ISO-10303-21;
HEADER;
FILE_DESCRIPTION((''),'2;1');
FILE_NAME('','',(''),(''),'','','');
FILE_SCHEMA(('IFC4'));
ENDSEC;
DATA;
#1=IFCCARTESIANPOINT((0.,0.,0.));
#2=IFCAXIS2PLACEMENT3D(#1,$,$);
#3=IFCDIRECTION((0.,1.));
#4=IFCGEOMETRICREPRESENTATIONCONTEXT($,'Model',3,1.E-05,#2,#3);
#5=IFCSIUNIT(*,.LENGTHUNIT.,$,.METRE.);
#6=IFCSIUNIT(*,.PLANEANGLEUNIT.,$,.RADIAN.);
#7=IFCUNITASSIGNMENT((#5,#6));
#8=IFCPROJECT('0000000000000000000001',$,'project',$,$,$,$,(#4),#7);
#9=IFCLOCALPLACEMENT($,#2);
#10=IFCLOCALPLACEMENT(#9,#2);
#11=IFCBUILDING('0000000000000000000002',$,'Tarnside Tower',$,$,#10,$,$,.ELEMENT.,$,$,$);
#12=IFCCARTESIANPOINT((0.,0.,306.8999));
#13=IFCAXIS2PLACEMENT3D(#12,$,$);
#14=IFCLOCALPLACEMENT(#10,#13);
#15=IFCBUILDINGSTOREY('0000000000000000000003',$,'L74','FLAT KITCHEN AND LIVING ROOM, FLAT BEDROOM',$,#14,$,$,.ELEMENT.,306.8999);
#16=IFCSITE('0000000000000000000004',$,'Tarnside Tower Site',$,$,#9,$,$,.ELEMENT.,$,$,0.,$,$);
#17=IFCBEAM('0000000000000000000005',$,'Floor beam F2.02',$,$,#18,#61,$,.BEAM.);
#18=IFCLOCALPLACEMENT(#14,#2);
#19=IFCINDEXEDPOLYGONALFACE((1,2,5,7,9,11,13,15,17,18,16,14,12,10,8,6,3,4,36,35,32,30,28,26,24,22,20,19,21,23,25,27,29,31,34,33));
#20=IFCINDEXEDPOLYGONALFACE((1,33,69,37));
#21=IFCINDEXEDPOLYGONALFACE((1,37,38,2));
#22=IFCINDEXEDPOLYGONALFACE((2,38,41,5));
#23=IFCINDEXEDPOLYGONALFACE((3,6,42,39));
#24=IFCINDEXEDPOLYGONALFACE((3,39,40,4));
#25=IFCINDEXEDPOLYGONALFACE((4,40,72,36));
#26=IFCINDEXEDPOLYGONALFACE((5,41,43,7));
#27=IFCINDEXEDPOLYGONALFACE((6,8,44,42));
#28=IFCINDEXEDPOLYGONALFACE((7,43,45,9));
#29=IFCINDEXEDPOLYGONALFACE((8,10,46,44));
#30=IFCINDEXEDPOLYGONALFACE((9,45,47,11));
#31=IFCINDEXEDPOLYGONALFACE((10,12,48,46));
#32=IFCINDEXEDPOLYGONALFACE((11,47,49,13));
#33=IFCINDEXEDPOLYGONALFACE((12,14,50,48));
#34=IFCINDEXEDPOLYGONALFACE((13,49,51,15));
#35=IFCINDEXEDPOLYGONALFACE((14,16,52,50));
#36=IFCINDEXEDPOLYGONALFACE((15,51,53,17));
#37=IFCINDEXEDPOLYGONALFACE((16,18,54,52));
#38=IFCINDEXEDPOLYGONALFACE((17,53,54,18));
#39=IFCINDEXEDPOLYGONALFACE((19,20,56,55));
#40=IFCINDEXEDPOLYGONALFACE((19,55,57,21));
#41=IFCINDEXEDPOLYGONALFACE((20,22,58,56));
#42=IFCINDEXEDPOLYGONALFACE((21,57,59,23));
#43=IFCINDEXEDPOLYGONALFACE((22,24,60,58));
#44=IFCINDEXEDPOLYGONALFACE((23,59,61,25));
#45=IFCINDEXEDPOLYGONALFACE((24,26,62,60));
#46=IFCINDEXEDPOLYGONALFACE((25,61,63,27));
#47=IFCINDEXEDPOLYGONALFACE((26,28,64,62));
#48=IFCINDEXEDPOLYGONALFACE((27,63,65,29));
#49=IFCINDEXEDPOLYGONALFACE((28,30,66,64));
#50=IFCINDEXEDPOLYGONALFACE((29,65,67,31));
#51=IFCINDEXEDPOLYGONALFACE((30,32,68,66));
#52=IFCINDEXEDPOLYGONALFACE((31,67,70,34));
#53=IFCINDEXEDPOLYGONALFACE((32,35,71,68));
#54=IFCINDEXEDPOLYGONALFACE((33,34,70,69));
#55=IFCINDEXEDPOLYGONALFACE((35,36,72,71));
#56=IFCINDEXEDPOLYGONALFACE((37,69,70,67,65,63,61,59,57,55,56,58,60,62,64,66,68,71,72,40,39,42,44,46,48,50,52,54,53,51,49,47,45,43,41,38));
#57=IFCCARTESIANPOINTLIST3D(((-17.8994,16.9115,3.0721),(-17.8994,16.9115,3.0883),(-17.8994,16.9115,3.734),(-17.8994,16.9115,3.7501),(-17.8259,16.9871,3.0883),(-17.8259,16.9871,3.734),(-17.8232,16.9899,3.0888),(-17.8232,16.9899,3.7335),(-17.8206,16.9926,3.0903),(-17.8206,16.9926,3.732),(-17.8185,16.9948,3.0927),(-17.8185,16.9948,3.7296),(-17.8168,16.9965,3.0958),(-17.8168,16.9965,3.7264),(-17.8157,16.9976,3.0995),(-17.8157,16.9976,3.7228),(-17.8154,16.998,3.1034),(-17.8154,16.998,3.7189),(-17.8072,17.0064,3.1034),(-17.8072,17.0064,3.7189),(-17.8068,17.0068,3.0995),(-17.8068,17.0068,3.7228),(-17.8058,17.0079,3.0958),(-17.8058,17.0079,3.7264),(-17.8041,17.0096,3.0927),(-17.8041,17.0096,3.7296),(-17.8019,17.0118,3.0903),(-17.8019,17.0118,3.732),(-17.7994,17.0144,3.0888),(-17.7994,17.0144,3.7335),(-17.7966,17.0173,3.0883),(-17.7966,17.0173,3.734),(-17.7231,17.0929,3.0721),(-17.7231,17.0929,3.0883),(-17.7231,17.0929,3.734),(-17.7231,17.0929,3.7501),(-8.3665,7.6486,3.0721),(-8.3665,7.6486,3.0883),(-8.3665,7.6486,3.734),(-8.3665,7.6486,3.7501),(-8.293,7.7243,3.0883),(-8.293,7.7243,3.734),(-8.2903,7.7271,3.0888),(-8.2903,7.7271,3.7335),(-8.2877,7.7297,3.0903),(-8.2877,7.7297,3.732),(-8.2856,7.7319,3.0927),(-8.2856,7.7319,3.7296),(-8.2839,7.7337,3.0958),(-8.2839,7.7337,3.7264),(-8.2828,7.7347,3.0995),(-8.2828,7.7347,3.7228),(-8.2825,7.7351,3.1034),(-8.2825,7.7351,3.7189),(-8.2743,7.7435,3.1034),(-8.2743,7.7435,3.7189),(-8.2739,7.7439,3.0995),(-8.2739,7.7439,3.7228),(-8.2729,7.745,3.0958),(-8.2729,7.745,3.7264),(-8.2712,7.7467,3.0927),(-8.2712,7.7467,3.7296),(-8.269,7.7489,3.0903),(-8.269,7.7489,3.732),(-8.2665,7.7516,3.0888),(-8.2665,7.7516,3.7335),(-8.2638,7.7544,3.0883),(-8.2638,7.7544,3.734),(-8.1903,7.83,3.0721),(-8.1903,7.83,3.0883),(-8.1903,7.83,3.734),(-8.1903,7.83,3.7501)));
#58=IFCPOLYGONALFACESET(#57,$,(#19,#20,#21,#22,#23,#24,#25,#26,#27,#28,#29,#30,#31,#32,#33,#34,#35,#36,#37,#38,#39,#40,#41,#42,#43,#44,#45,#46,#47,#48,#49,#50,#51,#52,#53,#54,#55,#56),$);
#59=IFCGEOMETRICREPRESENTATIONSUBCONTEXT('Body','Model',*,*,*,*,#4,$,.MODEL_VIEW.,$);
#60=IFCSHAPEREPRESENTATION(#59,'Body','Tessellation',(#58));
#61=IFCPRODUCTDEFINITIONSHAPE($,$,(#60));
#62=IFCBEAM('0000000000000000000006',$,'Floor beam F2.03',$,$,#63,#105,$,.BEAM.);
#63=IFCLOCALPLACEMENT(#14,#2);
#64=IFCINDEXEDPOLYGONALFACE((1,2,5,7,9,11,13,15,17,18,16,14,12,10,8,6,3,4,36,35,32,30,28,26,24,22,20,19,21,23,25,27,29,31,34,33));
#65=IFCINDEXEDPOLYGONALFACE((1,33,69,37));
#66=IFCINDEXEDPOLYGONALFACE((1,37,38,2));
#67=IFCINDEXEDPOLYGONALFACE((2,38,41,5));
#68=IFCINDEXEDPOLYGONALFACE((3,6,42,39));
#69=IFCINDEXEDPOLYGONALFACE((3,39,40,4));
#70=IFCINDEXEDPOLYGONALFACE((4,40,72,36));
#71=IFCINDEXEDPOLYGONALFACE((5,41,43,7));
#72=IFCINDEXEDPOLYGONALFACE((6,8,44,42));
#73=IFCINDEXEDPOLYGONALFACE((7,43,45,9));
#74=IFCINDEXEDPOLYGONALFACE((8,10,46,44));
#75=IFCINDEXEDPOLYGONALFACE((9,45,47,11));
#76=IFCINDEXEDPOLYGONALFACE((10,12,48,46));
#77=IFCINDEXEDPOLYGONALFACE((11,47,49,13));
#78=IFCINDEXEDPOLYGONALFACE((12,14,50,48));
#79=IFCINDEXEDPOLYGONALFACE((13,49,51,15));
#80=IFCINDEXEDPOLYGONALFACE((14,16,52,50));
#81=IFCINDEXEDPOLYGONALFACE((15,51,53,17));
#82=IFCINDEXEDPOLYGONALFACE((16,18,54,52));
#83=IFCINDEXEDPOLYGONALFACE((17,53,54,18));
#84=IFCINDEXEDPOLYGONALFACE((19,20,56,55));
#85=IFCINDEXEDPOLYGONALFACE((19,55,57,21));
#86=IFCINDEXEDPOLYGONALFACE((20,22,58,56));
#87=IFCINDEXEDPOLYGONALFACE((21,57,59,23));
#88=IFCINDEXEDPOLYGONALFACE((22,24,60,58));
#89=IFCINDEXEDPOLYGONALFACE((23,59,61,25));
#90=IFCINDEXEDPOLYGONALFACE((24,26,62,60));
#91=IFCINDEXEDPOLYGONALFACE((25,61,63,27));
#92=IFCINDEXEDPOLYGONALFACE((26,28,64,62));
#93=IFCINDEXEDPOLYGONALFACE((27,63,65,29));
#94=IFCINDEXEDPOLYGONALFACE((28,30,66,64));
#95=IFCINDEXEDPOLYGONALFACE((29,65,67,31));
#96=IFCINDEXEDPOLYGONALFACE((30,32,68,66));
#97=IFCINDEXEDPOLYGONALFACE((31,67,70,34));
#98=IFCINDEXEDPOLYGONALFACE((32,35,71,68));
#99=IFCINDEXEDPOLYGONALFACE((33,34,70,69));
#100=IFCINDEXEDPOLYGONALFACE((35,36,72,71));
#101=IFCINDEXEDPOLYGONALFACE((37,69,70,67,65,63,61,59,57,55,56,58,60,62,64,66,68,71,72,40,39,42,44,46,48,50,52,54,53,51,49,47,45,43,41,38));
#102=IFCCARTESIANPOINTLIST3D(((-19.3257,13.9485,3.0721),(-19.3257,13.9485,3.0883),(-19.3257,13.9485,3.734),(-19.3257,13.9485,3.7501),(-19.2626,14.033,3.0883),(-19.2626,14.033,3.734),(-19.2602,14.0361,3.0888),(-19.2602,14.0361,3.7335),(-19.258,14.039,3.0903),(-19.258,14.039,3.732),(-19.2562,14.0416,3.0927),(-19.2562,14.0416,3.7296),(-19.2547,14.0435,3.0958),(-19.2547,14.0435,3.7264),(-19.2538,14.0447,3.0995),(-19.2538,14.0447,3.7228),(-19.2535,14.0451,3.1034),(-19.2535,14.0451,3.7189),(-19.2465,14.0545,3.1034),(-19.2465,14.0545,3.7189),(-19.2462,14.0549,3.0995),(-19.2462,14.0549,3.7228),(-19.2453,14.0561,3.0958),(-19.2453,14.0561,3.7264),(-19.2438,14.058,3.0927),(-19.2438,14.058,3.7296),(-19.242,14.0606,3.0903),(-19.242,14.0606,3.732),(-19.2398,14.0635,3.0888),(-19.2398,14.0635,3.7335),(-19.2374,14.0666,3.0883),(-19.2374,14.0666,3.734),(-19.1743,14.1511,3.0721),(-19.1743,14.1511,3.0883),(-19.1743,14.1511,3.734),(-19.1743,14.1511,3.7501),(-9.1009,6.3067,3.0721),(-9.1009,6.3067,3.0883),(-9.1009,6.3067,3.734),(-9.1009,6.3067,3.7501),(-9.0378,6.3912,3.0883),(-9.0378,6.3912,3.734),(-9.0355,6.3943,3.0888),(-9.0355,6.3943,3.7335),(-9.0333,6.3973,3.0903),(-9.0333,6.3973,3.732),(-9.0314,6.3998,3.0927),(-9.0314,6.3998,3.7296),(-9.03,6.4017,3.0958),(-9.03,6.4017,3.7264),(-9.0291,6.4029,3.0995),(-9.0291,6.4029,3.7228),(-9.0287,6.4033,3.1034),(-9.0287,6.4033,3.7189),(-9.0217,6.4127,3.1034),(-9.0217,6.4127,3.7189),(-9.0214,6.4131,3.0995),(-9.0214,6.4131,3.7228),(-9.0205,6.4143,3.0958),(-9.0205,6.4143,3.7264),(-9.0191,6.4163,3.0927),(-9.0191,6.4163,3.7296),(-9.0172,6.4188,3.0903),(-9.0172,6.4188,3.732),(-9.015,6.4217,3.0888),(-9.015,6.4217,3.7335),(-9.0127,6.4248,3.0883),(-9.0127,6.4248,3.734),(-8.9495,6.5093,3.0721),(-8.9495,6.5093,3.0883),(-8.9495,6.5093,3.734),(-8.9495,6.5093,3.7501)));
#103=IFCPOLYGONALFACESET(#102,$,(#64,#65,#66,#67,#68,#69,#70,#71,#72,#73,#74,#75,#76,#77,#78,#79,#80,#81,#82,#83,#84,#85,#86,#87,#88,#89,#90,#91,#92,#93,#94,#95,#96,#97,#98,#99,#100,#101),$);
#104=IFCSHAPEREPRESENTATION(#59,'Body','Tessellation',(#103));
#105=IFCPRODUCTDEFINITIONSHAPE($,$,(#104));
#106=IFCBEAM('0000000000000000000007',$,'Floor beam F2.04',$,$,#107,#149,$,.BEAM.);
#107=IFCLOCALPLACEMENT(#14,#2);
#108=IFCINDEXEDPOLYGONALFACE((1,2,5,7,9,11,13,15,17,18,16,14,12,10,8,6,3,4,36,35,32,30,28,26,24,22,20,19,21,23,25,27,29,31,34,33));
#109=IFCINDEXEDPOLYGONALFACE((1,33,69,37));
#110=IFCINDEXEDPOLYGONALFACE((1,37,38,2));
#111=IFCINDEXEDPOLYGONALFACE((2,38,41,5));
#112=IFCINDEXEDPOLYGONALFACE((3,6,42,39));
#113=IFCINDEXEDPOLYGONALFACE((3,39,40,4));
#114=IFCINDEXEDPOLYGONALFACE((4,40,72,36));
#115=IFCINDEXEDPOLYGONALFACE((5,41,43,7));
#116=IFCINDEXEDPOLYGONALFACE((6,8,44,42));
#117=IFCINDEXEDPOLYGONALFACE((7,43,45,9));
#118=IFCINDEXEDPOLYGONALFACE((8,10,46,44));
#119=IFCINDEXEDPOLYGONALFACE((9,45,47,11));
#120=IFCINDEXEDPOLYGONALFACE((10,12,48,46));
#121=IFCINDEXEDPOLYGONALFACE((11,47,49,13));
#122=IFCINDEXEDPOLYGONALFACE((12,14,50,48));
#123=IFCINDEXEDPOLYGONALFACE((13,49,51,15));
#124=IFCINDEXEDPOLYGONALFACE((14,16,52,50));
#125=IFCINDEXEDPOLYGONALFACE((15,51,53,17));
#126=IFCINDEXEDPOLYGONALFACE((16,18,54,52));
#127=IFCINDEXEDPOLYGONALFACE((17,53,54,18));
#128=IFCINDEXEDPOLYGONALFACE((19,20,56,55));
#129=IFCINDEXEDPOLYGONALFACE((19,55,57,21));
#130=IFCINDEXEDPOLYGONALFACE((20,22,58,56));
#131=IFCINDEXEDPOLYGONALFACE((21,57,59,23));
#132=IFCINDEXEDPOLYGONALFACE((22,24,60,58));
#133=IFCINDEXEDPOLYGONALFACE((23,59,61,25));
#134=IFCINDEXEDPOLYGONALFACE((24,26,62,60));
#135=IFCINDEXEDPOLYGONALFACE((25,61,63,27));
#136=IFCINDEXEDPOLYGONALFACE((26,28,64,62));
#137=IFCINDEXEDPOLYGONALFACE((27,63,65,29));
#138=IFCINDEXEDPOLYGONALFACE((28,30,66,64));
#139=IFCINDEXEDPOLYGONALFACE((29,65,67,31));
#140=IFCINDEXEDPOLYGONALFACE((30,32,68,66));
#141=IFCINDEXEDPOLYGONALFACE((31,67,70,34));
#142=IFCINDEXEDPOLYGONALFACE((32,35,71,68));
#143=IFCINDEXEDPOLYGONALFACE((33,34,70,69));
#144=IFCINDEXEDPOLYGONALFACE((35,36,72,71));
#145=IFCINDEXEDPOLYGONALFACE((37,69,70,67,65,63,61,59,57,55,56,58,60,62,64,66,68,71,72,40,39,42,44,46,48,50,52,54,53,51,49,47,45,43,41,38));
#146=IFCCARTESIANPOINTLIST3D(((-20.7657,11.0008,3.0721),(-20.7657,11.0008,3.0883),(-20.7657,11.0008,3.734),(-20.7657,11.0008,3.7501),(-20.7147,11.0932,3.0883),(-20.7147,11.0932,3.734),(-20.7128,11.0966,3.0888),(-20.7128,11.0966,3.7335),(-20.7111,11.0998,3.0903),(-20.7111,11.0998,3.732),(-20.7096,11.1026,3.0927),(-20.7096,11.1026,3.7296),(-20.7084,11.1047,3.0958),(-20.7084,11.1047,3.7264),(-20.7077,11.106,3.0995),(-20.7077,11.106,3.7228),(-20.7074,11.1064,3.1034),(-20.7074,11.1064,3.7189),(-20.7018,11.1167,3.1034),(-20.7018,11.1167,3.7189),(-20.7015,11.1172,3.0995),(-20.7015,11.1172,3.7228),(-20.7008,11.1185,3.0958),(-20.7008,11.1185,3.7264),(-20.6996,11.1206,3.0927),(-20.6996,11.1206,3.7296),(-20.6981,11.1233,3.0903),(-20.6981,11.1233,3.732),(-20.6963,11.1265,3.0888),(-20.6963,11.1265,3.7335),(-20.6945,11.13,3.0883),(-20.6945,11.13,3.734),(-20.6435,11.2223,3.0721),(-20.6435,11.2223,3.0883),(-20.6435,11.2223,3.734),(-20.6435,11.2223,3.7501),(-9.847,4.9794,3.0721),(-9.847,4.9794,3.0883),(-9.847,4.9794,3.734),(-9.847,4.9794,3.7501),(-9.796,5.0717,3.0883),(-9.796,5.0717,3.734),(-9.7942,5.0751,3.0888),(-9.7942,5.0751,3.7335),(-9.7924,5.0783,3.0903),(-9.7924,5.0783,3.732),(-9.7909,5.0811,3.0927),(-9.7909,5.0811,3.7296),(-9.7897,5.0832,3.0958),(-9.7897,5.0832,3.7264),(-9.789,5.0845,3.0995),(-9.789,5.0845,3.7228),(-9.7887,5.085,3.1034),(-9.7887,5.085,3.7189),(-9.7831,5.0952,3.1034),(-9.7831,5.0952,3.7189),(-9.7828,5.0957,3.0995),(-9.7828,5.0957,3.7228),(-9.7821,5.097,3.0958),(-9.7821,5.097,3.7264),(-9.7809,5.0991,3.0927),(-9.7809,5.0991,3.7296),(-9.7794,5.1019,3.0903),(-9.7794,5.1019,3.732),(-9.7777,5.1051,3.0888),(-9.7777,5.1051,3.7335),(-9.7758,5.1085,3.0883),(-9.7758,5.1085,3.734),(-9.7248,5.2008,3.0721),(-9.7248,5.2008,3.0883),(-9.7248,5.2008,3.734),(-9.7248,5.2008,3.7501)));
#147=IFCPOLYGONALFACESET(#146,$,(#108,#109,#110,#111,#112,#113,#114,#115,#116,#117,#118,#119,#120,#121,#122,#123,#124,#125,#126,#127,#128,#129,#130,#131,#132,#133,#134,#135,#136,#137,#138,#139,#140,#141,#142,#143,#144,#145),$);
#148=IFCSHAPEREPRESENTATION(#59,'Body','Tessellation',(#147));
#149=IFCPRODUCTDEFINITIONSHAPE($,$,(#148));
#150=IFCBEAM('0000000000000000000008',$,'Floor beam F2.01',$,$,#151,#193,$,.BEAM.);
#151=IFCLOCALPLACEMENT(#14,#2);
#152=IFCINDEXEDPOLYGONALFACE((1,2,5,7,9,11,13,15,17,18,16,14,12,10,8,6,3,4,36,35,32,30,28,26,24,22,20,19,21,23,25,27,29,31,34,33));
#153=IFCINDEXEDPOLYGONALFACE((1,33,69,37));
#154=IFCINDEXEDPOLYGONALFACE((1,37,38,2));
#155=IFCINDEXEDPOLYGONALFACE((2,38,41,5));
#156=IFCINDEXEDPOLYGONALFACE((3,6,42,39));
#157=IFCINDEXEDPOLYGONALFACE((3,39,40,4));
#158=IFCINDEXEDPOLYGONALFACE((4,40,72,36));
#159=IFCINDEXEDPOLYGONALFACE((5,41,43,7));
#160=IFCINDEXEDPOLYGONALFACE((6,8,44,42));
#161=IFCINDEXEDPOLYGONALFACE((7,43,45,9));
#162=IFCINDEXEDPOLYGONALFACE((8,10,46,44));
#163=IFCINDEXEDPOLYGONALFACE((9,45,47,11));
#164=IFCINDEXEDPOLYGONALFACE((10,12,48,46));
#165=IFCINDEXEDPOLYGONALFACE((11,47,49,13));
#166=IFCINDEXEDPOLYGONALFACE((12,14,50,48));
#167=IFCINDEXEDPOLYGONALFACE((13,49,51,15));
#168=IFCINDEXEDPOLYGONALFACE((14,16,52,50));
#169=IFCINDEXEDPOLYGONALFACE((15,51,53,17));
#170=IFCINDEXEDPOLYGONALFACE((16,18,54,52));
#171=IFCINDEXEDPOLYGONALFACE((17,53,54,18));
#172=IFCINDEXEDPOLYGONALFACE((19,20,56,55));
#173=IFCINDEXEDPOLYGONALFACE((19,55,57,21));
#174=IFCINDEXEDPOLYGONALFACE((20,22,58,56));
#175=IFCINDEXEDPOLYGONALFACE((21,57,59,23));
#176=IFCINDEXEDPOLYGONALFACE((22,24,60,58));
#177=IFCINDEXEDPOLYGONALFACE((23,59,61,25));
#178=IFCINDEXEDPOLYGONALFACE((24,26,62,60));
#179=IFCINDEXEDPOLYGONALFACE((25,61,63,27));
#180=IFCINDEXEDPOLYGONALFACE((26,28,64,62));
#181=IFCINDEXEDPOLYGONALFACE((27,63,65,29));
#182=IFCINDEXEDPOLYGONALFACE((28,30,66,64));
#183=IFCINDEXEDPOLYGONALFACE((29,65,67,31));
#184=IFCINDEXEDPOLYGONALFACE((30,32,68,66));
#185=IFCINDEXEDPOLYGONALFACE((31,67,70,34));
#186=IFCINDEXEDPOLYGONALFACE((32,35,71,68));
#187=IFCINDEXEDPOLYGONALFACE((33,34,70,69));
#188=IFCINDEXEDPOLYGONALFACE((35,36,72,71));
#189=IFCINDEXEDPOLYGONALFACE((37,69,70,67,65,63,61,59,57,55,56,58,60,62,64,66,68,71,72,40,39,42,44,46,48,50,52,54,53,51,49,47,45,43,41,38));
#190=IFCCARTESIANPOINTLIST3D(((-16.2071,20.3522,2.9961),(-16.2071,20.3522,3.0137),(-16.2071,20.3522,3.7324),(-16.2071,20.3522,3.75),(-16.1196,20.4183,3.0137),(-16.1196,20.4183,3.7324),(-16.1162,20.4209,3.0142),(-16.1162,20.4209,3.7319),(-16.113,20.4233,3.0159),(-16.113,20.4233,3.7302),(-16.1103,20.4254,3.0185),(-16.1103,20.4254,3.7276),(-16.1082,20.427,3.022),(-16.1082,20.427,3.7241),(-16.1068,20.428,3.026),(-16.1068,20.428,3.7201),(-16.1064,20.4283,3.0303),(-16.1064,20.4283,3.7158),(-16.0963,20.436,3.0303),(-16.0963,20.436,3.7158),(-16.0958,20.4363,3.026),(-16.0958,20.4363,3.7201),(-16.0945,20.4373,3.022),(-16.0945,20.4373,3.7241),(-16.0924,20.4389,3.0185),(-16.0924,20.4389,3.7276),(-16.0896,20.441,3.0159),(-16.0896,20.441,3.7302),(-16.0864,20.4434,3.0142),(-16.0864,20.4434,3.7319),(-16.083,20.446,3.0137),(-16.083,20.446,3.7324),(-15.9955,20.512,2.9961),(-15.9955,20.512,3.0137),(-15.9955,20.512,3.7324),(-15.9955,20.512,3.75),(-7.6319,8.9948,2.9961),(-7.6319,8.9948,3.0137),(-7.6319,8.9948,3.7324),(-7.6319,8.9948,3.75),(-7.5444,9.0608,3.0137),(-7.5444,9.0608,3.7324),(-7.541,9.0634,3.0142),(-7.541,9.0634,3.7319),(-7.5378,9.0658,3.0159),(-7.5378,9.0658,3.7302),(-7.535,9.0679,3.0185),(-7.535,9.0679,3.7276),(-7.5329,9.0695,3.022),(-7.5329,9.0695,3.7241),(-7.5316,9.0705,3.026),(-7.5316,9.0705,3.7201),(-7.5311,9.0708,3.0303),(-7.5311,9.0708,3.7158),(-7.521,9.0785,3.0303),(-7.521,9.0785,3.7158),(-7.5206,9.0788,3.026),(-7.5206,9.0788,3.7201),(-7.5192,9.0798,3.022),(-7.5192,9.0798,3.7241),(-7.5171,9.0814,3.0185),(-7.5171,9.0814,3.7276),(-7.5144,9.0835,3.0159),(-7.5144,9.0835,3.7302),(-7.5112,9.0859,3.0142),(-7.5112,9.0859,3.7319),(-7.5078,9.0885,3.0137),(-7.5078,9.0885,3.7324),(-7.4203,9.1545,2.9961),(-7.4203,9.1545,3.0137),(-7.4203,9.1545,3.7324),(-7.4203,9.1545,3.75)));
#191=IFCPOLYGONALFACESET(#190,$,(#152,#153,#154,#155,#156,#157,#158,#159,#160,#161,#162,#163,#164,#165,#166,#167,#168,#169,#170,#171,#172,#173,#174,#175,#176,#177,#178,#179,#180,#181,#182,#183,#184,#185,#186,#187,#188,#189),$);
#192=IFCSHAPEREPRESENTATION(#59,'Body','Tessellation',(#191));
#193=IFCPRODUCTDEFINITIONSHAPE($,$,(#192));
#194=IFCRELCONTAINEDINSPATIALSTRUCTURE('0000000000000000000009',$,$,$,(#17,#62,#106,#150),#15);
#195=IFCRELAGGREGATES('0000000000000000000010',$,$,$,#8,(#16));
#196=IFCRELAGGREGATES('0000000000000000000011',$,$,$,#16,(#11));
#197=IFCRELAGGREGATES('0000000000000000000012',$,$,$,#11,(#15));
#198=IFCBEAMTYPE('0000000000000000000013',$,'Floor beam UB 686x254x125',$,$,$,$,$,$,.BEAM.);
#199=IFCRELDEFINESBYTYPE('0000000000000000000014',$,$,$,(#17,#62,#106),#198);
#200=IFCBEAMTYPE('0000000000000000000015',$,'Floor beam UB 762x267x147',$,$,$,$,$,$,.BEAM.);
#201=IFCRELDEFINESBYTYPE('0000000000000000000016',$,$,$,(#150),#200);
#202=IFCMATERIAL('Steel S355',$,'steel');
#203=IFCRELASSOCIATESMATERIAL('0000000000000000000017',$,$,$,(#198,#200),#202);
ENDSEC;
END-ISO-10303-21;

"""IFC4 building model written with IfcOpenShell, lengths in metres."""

from ifc_helpers import new_model, si_unit, direction, frame, origin, origin_2d, place, context, subcontext, project, spatial, i_section, extrude, material, material_profile, profile_set, type_object, element, save


model = new_model("IFC4")

# Units and contexts
model_context = context("Model", 3, precision=1e-05, world=origin(), true_north=direction((0.0, 1.0)))
body_context = subcontext(model_context, "Body", "Model", "MODEL_VIEW")
ifc_project = project(units=[si_unit("LENGTHUNIT", "METRE"), si_unit("PLANEANGLEUNIT", "RADIAN")], contexts=[model_context])

# Site, building, storey
site_placement = place(None, origin())
site = spatial("IfcSite", under=ifc_project, at=site_placement, Name="Tarnside Tower Site", CompositionType="ELEMENT", RefElevation=0.0)
building_placement = place(site_placement, origin())
building = spatial("IfcBuilding", under=site, at=building_placement, Name="Tarnside Tower", CompositionType="ELEMENT")
storey_placement = place(building_placement, frame((0.0, 0.0, 306.8999)))
storey = spatial("IfcBuildingStorey", under=building, at=storey_placement, Name="L74", Description="FLAT KITCHEN AND LIVING ROOM, FLAT BEDROOM", CompositionType="ELEMENT", Elevation=306.8999)

# Beams
ifc_material_1 = material(Name="Steel S355", Category="steel")
ifc_material_profile_1 = material_profile(ifc_material_1, i_section(OverallWidth=0.2529, OverallDepth=0.678, WebThickness=0.0117, FlangeThickness=0.0161, FilletRadius=0.0151, at=origin_2d()), Name="UB 686x254x125")
ifc_profile_set_1 = profile_set([ifc_material_profile_1], Name="Steel S355")
beam_type_1 = type_object("IfcBeamType", Name="Floor beam UB 686x254x125", PredefinedType="BEAM", material=ifc_profile_set_1)
beam_1_placement = place(storey_placement, frame((-17.8113, 17.0022, 3.4111), z_axis=(0.717191, -0.696877, 0.0), x_axis=(0.696877, 0.717191, 0.0)))
element("IfcBeam", 1, at=beam_1_placement, inside=storey, type_object=beam_type_1, Name="Floor beam F2.02", PredefinedType="BEAM", context=body_context, shape_type="SweptSolid", body=[
    extrude(i_section(OverallWidth=0.2529, OverallDepth=0.678, WebThickness=0.0117, FlangeThickness=0.0161, FilletRadius=0.0151, at=origin_2d()), origin(), (0.0, 0.0, 1.0), 13.292),
])
beam_2_placement = place(storey_placement, frame((-19.25, 14.0498, 3.4111), z_axis=(0.801006, -0.598656, 0.0), x_axis=(0.598656, 0.801006, 0.0)))
element("IfcBeam", 2, at=beam_2_placement, inside=storey, type_object=beam_type_1, Name="Floor beam F2.03", PredefinedType="BEAM", context=body_context, shape_type="SweptSolid", body=[
    extrude(i_section(OverallWidth=0.2529, OverallDepth=0.678, WebThickness=0.0117, FlangeThickness=0.0161, FilletRadius=0.0151, at=origin_2d()), origin(), (0.0, 0.0, 1.0), 12.7649),
])
beam_3_placement = place(storey_placement, frame((-20.7046, 11.1116, 3.4111), z_axis=(0.875667, -0.482916, 0.0), x_axis=(0.482916, 0.875667, 0.0)))
element("IfcBeam", 3, at=beam_3_placement, inside=storey, type_object=beam_type_1, Name="Floor beam F2.04", PredefinedType="BEAM", context=body_context, shape_type="SweptSolid", body=[
    extrude(i_section(OverallWidth=0.2529, OverallDepth=0.678, WebThickness=0.0117, FlangeThickness=0.0161, FilletRadius=0.0151, at=origin_2d()), origin(), (0.0, 0.0, 1.0), 12.469),
])
ifc_material_profile_2 = material_profile(ifc_material_1, i_section(OverallWidth=0.2651, OverallDepth=0.7539, WebThickness=0.0127, FlangeThickness=0.0176, FilletRadius=0.0166, at=origin_2d()), Name="UB 762x267x147")
ifc_profile_set_2 = profile_set([ifc_material_profile_2], Name="Steel S355")
beam_type_2 = type_object("IfcBeamType", Name="Floor beam UB 762x267x147", PredefinedType="BEAM", material=ifc_profile_set_2)
beam_4_placement = place(storey_placement, frame((-16.1013, 20.4321, 3.373), z_axis=(0.602566, -0.798069, 0.0), x_axis=(0.798069, 0.602566, 0.0)))
element("IfcBeam", 4, at=beam_4_placement, inside=storey, type_object=beam_type_2, Name="Floor beam F2.01", PredefinedType="BEAM", context=body_context, shape_type="SweptSolid", body=[
    extrude(i_section(OverallWidth=0.2651, OverallDepth=0.7539, WebThickness=0.0127, FlangeThickness=0.0176, FilletRadius=0.0166, at=origin_2d()), origin(), (0.0, 0.0, 1.0), 14.2312),
])

save(model, "model.ifc")
